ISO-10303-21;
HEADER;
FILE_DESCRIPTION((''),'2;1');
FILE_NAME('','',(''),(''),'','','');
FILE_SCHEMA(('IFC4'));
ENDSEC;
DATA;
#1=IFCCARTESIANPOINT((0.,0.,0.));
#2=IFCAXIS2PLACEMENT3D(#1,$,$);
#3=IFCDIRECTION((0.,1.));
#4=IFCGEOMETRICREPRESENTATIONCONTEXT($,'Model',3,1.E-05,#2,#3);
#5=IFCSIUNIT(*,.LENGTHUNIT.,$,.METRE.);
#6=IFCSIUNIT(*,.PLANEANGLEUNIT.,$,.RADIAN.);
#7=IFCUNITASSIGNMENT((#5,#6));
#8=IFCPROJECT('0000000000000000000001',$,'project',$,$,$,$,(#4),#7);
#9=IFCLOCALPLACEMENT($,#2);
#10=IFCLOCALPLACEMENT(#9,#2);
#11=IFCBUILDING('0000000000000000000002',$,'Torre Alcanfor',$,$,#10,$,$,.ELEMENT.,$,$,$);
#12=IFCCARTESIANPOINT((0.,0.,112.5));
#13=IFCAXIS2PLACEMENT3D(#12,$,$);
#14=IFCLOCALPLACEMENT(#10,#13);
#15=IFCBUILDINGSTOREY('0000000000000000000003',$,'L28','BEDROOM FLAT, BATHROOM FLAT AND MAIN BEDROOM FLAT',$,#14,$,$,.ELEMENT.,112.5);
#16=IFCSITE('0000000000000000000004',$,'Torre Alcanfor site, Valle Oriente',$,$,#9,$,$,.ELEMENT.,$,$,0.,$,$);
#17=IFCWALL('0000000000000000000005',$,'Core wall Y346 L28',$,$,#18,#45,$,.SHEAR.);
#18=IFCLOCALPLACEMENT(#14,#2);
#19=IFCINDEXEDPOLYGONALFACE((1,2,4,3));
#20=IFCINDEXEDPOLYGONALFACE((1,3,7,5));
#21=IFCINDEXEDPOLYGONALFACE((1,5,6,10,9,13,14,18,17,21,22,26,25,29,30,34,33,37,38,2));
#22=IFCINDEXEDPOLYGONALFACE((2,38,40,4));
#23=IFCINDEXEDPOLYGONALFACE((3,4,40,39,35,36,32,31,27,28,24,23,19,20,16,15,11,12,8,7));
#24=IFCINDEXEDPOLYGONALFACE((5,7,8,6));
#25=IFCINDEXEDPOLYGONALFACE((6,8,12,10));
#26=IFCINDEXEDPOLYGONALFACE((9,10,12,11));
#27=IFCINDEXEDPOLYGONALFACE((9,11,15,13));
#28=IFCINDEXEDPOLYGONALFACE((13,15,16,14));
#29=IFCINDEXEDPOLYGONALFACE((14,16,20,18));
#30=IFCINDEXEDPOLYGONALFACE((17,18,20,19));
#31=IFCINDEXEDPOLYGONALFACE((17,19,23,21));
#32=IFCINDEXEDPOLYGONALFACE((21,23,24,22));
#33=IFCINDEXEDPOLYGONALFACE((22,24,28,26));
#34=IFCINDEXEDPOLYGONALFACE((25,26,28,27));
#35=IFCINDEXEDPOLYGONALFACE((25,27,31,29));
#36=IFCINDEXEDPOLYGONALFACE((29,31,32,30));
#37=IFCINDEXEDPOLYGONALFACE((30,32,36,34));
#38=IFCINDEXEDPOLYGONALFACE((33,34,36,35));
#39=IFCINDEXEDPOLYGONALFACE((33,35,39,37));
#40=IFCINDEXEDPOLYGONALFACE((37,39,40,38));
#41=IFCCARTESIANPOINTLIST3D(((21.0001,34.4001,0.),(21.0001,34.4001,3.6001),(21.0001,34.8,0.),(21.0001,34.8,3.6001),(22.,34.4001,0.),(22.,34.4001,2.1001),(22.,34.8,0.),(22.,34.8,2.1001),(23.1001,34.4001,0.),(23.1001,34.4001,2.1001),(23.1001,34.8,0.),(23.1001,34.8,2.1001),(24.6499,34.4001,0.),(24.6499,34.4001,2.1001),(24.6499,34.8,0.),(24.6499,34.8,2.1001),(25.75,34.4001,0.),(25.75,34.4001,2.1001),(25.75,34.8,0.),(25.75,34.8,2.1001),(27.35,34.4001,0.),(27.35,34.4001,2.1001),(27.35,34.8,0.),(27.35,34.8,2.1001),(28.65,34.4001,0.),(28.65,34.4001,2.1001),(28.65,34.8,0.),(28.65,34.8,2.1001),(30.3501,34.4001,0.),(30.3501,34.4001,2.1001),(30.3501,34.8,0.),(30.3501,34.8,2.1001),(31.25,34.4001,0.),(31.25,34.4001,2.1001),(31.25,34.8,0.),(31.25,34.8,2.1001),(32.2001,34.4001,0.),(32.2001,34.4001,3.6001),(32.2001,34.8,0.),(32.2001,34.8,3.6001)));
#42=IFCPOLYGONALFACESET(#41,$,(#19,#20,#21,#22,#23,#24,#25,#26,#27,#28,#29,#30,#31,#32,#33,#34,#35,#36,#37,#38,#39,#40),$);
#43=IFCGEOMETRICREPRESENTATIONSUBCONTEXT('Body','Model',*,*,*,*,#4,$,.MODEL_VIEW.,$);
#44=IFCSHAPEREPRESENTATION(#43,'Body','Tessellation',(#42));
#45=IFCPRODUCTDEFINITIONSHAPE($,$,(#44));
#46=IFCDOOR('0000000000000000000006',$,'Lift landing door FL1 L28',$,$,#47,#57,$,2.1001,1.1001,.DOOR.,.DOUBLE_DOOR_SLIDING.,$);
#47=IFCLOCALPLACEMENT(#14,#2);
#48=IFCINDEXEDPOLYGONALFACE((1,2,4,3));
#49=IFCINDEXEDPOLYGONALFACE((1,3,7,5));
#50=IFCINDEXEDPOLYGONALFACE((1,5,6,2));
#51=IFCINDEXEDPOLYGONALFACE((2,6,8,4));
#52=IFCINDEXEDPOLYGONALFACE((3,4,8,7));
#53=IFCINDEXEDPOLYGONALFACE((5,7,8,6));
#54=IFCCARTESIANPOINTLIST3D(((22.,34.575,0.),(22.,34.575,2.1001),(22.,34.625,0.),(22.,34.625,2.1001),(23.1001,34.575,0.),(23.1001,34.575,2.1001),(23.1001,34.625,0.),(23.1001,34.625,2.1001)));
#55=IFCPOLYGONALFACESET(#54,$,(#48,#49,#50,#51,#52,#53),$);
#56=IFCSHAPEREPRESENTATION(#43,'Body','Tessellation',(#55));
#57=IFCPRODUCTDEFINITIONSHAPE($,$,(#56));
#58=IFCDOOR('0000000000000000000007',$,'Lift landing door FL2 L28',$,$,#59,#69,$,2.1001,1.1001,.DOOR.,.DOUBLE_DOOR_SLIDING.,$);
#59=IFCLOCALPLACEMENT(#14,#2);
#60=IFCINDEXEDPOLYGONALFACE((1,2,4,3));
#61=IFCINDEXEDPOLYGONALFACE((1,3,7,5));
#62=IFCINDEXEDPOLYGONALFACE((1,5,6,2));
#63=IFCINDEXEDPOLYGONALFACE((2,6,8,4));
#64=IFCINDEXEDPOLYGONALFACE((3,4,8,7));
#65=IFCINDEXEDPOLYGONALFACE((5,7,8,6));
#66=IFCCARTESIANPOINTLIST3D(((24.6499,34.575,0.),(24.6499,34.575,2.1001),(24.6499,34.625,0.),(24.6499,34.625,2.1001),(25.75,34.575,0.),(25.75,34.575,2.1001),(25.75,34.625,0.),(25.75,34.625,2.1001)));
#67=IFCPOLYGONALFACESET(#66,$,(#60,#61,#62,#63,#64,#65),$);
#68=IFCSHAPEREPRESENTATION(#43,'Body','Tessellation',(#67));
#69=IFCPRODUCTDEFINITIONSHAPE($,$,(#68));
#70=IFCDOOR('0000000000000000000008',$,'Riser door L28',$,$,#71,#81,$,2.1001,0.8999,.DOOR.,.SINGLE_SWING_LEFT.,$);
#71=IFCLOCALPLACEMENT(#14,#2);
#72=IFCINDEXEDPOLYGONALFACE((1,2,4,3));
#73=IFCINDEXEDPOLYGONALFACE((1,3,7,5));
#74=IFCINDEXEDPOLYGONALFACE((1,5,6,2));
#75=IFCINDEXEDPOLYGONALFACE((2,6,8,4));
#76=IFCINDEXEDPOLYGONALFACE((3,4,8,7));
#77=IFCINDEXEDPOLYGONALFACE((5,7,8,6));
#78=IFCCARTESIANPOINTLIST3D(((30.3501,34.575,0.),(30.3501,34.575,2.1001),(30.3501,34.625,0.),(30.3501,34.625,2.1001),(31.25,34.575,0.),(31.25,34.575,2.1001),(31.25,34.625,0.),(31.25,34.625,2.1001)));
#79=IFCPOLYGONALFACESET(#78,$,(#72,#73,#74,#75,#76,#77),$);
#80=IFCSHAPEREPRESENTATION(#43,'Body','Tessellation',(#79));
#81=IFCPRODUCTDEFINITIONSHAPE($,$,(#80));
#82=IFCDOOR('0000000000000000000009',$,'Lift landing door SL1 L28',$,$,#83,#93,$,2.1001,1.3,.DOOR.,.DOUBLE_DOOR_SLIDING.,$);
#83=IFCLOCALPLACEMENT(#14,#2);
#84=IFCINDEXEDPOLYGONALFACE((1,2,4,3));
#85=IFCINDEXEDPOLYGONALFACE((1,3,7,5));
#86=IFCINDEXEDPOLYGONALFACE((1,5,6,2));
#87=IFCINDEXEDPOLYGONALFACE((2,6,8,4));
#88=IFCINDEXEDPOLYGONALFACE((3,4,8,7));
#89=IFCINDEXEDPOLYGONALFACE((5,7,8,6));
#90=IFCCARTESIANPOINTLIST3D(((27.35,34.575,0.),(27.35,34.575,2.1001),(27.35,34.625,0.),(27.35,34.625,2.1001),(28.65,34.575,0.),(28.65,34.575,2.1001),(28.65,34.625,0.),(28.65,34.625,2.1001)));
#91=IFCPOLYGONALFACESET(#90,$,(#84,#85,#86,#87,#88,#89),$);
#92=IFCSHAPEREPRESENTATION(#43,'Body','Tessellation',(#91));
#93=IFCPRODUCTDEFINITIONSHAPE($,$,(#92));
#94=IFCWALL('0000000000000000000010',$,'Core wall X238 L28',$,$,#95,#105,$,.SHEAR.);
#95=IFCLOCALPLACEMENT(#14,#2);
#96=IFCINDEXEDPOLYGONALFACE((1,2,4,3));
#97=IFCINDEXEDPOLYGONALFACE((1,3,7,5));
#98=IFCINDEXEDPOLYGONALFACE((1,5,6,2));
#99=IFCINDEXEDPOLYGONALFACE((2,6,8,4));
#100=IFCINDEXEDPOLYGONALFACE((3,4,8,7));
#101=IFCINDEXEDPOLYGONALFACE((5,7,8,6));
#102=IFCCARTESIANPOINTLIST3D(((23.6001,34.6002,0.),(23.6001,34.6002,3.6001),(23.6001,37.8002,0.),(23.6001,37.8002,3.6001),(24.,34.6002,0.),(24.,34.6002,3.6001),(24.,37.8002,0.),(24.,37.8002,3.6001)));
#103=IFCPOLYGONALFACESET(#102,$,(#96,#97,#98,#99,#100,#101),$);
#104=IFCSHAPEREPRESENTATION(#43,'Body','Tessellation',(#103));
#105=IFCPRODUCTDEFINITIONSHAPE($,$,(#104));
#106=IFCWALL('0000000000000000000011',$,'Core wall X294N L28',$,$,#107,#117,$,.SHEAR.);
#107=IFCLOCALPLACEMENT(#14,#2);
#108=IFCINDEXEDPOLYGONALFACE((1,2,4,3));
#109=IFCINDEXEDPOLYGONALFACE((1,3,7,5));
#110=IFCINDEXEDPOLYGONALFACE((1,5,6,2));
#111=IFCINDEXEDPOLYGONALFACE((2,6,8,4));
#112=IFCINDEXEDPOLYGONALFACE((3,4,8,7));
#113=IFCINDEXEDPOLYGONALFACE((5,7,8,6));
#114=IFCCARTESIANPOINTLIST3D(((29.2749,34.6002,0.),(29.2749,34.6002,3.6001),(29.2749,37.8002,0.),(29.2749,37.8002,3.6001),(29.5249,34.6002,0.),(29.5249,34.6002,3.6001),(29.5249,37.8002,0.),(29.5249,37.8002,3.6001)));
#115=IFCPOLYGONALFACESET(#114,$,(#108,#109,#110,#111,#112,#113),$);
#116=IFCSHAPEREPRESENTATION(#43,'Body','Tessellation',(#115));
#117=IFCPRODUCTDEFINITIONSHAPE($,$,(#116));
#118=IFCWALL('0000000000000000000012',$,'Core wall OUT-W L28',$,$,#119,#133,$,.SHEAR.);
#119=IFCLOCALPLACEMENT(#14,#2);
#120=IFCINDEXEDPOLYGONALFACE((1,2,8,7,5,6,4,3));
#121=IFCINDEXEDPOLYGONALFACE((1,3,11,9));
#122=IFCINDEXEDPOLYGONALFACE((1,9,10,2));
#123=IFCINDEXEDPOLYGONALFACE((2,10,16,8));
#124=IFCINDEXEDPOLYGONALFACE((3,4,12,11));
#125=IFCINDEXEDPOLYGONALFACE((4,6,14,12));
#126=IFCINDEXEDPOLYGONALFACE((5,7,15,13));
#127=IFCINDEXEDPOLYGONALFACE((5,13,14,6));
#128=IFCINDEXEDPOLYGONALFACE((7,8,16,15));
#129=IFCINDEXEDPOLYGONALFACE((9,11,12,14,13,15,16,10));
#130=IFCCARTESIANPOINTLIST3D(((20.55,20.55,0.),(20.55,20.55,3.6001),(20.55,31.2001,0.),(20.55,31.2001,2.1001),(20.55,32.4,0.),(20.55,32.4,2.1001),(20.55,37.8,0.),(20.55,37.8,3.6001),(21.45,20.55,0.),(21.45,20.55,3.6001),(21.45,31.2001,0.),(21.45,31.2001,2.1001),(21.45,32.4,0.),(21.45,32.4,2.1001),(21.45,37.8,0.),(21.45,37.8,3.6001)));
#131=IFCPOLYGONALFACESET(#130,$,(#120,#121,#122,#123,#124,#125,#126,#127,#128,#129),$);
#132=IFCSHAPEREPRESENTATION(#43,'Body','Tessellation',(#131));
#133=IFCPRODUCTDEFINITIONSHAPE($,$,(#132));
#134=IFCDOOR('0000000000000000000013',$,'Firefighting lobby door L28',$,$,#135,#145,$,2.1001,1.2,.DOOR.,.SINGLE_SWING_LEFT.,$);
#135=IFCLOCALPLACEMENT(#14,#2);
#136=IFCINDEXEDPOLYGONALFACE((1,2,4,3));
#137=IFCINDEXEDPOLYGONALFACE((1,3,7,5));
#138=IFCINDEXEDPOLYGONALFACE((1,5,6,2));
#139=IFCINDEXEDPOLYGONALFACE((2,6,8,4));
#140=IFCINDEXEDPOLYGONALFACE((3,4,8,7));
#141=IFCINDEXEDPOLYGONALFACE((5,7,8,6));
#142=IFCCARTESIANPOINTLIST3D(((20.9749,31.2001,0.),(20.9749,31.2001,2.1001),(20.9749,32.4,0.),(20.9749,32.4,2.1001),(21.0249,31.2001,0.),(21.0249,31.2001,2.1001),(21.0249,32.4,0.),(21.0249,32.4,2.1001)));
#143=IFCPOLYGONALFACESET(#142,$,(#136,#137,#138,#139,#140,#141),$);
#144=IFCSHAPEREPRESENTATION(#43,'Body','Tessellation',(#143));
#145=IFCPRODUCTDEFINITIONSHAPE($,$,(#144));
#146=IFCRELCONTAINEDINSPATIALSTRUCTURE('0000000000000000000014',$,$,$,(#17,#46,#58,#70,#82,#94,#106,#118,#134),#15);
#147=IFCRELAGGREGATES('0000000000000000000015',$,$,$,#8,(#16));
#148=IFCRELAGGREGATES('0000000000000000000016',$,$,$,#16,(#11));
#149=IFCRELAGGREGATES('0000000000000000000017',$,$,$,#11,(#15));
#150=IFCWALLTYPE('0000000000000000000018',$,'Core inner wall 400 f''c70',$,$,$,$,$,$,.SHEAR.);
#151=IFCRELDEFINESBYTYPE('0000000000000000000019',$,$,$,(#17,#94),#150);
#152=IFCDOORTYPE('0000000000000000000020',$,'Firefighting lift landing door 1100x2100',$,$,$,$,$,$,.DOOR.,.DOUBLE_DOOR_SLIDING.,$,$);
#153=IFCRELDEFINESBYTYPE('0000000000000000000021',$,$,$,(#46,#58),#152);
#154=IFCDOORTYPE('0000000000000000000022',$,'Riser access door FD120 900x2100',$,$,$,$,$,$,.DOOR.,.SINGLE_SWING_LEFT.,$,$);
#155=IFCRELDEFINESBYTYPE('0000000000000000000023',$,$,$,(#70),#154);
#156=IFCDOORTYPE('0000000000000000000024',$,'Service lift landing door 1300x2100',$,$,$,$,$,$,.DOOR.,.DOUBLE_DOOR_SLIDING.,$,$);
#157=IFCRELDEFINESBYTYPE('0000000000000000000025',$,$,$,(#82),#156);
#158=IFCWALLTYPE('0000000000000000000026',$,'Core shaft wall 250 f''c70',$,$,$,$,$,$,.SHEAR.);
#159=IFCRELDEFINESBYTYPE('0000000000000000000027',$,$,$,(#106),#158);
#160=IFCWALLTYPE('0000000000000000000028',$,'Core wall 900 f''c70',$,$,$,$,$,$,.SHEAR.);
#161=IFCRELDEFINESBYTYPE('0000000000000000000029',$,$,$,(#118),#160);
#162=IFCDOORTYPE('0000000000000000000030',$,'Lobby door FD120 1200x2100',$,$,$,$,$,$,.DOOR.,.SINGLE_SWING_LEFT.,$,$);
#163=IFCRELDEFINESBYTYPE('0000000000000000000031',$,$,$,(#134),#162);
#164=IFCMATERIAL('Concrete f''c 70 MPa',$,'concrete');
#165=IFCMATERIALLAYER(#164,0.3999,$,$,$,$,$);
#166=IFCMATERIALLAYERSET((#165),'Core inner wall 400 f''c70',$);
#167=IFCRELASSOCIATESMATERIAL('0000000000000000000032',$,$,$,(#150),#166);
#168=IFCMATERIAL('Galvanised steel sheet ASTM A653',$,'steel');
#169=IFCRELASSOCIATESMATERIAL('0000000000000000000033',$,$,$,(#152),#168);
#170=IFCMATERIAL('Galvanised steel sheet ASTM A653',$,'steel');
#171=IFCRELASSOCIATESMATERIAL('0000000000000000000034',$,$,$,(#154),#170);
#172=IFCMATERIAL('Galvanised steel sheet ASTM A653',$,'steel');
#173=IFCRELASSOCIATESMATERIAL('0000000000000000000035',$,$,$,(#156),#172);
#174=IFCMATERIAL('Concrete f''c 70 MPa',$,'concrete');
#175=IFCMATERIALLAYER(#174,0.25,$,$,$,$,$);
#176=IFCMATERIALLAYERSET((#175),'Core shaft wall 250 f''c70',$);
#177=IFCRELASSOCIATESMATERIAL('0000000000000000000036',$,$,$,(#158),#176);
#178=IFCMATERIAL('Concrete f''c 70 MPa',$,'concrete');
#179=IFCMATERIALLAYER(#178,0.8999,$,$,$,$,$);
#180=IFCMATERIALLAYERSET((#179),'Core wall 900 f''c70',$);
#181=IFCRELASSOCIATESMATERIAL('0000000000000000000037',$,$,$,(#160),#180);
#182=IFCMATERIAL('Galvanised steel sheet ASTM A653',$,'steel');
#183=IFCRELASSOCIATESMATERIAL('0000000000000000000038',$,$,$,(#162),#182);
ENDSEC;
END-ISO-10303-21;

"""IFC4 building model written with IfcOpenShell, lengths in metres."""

from ifc_helpers import new_model, si_unit, direction, frame, frame_2d, origin, place, context, subcontext, project, spatial, rectangle, extrude, material, layer, layer_set, type_object, element, fill, save


model = new_model("IFC4")

# Units and contexts
model_context = context("Model", 3, precision=1e-05, world=origin(), true_north=direction((0.0, 1.0)))
body_context = subcontext(model_context, "Body", "Model", "MODEL_VIEW")
ifc_project = project(units=[si_unit("LENGTHUNIT", "METRE"), si_unit("PLANEANGLEUNIT", "RADIAN")], contexts=[model_context])

# Site, building, storey
site_placement = place(None, origin())
site = spatial("IfcSite", under=ifc_project, at=site_placement, Name="Torre Alcanfor site, Valle Oriente", CompositionType="ELEMENT", RefElevation=0.0)
building_placement = place(site_placement, origin())
building = spatial("IfcBuilding", under=site, at=building_placement, Name="Torre Alcanfor", CompositionType="ELEMENT")
storey_placement = place(building_placement, frame((0.0, 0.0, 112.5)))
storey = spatial("IfcBuildingStorey", under=building, at=storey_placement, Name="L28", Description="BEDROOM FLAT, BATHROOM FLAT AND MAIN BEDROOM FLAT", CompositionType="ELEMENT", Elevation=112.5)

# Shared definitions
ifc_material_1 = material(Name="Concrete f'c 70 MPa", Category="concrete")
ifc_layer_1 = layer(ifc_material_1, 0.3999)
ifc_layer_set_1 = layer_set([ifc_layer_1], Name="Core inner wall 400 f'c70")
wall_type_1 = type_object("IfcWallType", Name="Core inner wall 400 f'c70", PredefinedType="SHEAR", material=ifc_layer_set_1)

# Wall, openings, doors
wall_1_placement = place(storey_placement, frame((21.0, 34.6001, 0.0), z_axis=(0.0, 0.0, 1.0), x_axis=(1.0, 0.0, 0.0)))
wall_1 = element("IfcWall", 1, at=wall_1_placement, inside=storey, type_object=wall_type_1, Name="Core wall Y346 L28", PredefinedType="SHEAR", context=body_context, shape_type="SweptSolid", body=[
    extrude(rectangle(XDim=11.2, YDim=0.3999, at=frame_2d((5.6001, 0.0))), origin(), (0.0, 0.0, 1.0), 3.6001),
])
opening_1_placement = place(wall_1_placement, frame((9.3501, 0.0, 0.0)))
opening_1 = element("IfcOpeningElement", 2, at=opening_1_placement, cuts=wall_1, PredefinedType="OPENING", context=body_context, shape_type="SweptSolid", body=[
    extrude(rectangle(XDim=0.8999, YDim=2.1001, at=frame_2d((0.45, 1.05))), frame((0.0, 0.21, 0.0), z_axis=(0.0, -1.0, 0.0), x_axis=(1.0, 0.0, 0.0)), (0.0, 0.0, 1.0), 0.4199),
])
opening_2_placement = place(wall_1_placement, frame((1.0, 0.0, 0.0)))
opening_2 = element("IfcOpeningElement", 3, at=opening_2_placement, cuts=wall_1, PredefinedType="OPENING", context=body_context, shape_type="SweptSolid", body=[
    extrude(rectangle(XDim=1.1001, YDim=2.1001, at=frame_2d((0.55, 1.05))), frame((0.0, 0.21, 0.0), z_axis=(0.0, -1.0, 0.0), x_axis=(1.0, 0.0, 0.0)), (0.0, 0.0, 1.0), 0.4199),
])
opening_3_placement = place(wall_1_placement, frame((3.6499, 0.0, 0.0)))
opening_3 = element("IfcOpeningElement", 4, at=opening_3_placement, cuts=wall_1, PredefinedType="OPENING", context=body_context, shape_type="SweptSolid", body=[
    extrude(rectangle(XDim=1.1001, YDim=2.1001, at=frame_2d((0.55, 1.05))), frame((0.0, 0.21, 0.0), z_axis=(0.0, -1.0, 0.0), x_axis=(1.0, 0.0, 0.0)), (0.0, 0.0, 1.0), 0.4199),
])
opening_4_placement = place(wall_1_placement, frame((6.3501, 0.0, 0.0)))
opening_4 = element("IfcOpeningElement", 5, at=opening_4_placement, cuts=wall_1, PredefinedType="OPENING", context=body_context, shape_type="SweptSolid", body=[
    extrude(rectangle(XDim=1.3, YDim=2.1001, at=frame_2d((0.6499, 1.05))), frame((0.0, 0.21, 0.0), z_axis=(0.0, -1.0, 0.0), x_axis=(1.0, 0.0, 0.0)), (0.0, 0.0, 1.0), 0.4199),
])
ifc_material_2 = material(Name="Galvanised steel sheet ASTM A653", Category="steel")
door_type_1 = type_object("IfcDoorType", Name="Firefighting lift landing door 1100x2100", OperationType="DOUBLE_DOOR_SLIDING", PredefinedType="DOOR", material=ifc_material_2)
door_1_placement = place(opening_2_placement, origin())
door_1 = element("IfcDoor", 6, at=door_1_placement, inside=storey, type_object=door_type_1, Name="Lift landing door FL1 L28", OperationType="DOUBLE_DOOR_SLIDING", OverallHeight=2.1001, OverallWidth=1.1001, PredefinedType="DOOR", context=body_context, shape_type="SweptSolid", body=[
    extrude(rectangle(XDim=1.1001, YDim=2.1001, at=frame_2d((0.55, 1.05))), frame((0.0, 0.0249, 0.0), z_axis=(0.0, -1.0, 0.0), x_axis=(1.0, 0.0, 0.0)), (0.0, 0.0, 1.0), 0.05),
])
fill(opening_2, door_1)
door_2_placement = place(opening_3_placement, origin())
door_2 = element("IfcDoor", 7, at=door_2_placement, inside=storey, type_object=door_type_1, Name="Lift landing door FL2 L28", OperationType="DOUBLE_DOOR_SLIDING", OverallHeight=2.1001, OverallWidth=1.1001, PredefinedType="DOOR", context=body_context, shape_type="SweptSolid", body=[
    extrude(rectangle(XDim=1.1001, YDim=2.1001, at=frame_2d((0.55, 1.05))), frame((0.0, 0.0249, 0.0), z_axis=(0.0, -1.0, 0.0), x_axis=(1.0, 0.0, 0.0)), (0.0, 0.0, 1.0), 0.05),
])
fill(opening_3, door_2)
ifc_material_3 = material(Name="Galvanised steel sheet ASTM A653", Category="steel")
door_type_2 = type_object("IfcDoorType", Name="Riser access door FD120 900x2100", OperationType="SINGLE_SWING_LEFT", PredefinedType="DOOR", material=ifc_material_3)
door_3_placement = place(opening_1_placement, origin())
door_3 = element("IfcDoor", 8, at=door_3_placement, inside=storey, type_object=door_type_2, Name="Riser door L28", OperationType="SINGLE_SWING_LEFT", OverallHeight=2.1001, OverallWidth=0.8999, PredefinedType="DOOR", context=body_context, shape_type="SweptSolid", body=[
    extrude(rectangle(XDim=0.8999, YDim=2.1001, at=frame_2d((0.45, 1.05))), frame((0.0, 0.0249, 0.0), z_axis=(0.0, -1.0, 0.0), x_axis=(1.0, 0.0, 0.0)), (0.0, 0.0, 1.0), 0.05),
])
fill(opening_1, door_3)
ifc_material_4 = material(Name="Galvanised steel sheet ASTM A653", Category="steel")
door_type_3 = type_object("IfcDoorType", Name="Service lift landing door 1300x2100", OperationType="DOUBLE_DOOR_SLIDING", PredefinedType="DOOR", material=ifc_material_4)
door_4_placement = place(opening_4_placement, origin())
door_4 = element("IfcDoor", 9, at=door_4_placement, inside=storey, type_object=door_type_3, Name="Lift landing door SL1 L28", OperationType="DOUBLE_DOOR_SLIDING", OverallHeight=2.1001, OverallWidth=1.3, PredefinedType="DOOR", context=body_context, shape_type="SweptSolid", body=[
    extrude(rectangle(XDim=1.3, YDim=2.1001, at=frame_2d((0.6499, 1.05))), frame((0.0, 0.0249, 0.0), z_axis=(0.0, -1.0, 0.0), x_axis=(1.0, 0.0, 0.0)), (0.0, 0.0, 1.0), 0.05),
])
fill(opening_4, door_4)

# Walls
wall_2_placement = place(storey_placement, frame((23.8, 34.6001, 0.0), z_axis=(0.0, 0.0, 1.0), x_axis=(0.0, 1.0, 0.0)))
element("IfcWall", 10, at=wall_2_placement, inside=storey, type_object=wall_type_1, Name="Core wall X238 L28", PredefinedType="SHEAR", context=body_context, shape_type="SweptSolid", body=[
    extrude(rectangle(XDim=3.2, YDim=0.3999, at=frame_2d((1.6001, 0.0))), origin(), (0.0, 0.0, 1.0), 3.6001),
])
ifc_material_5 = material(Name="Concrete f'c 70 MPa", Category="concrete")
ifc_layer_2 = layer(ifc_material_5, 0.25)
ifc_layer_set_2 = layer_set([ifc_layer_2], Name="Core shaft wall 250 f'c70")
wall_type_2 = type_object("IfcWallType", Name="Core shaft wall 250 f'c70", PredefinedType="SHEAR", material=ifc_layer_set_2)
wall_3_placement = place(storey_placement, frame((29.3999, 34.6001, 0.0), z_axis=(0.0, 0.0, 1.0), x_axis=(0.0, 1.0, 0.0)))
element("IfcWall", 11, at=wall_3_placement, inside=storey, type_object=wall_type_2, Name="Core wall X294N L28", PredefinedType="SHEAR", context=body_context, shape_type="SweptSolid", body=[
    extrude(rectangle(XDim=3.2, YDim=0.25, at=frame_2d((1.6001, 0.0))), origin(), (0.0, 0.0, 1.0), 3.6001),
])

# Wall, opening, door
ifc_material_6 = material(Name="Concrete f'c 70 MPa", Category="concrete")
ifc_layer_3 = layer(ifc_material_6, 0.8999)
ifc_layer_set_3 = layer_set([ifc_layer_3], Name="Core wall 900 f'c70")
wall_type_3 = type_object("IfcWallType", Name="Core wall 900 f'c70", PredefinedType="SHEAR", material=ifc_layer_set_3)
wall_4_placement = place(storey_placement, frame((21.0, 37.8, 0.0), z_axis=(0.0, 0.0, 1.0), x_axis=(0.0, -1.0, 0.0)))
wall_4 = element("IfcWall", 12, at=wall_4_placement, inside=storey, type_object=wall_type_3, Name="Core wall OUT-W L28", PredefinedType="SHEAR", context=body_context, shape_type="SweptSolid", body=[
    extrude(rectangle(XDim=17.25, YDim=0.8999, at=frame_2d((8.625, 0.0))), origin(), (0.0, 0.0, 1.0), 3.6001),
])
opening_5_placement = place(wall_4_placement, frame((5.3999, 0.0, 0.0)))
opening_5 = element("IfcOpeningElement", 13, at=opening_5_placement, cuts=wall_4, PredefinedType="OPENING", context=body_context, shape_type="SweptSolid", body=[
    extrude(rectangle(XDim=1.2, YDim=2.1001, at=frame_2d((0.6001, 1.05))), frame((0.0, 0.46, 0.0), z_axis=(0.0, -1.0, 0.0), x_axis=(1.0, 0.0, 0.0)), (0.0, 0.0, 1.0), 0.9199),
])
ifc_material_7 = material(Name="Galvanised steel sheet ASTM A653", Category="steel")
door_type_4 = type_object("IfcDoorType", Name="Lobby door FD120 1200x2100", OperationType="SINGLE_SWING_LEFT", PredefinedType="DOOR", material=ifc_material_7)
door_5_placement = place(opening_5_placement, origin())
door_5 = element("IfcDoor", 14, at=door_5_placement, inside=storey, type_object=door_type_4, Name="Firefighting lobby door L28", OperationType="SINGLE_SWING_LEFT", OverallHeight=2.1001, OverallWidth=1.2, PredefinedType="DOOR", context=body_context, shape_type="SweptSolid", body=[
    extrude(rectangle(XDim=1.2, YDim=2.1001, at=frame_2d((0.6001, 1.05))), frame((0.0, 0.0249, 0.0), z_axis=(0.0, -1.0, 0.0), x_axis=(1.0, 0.0, 0.0)), (0.0, 0.0, 1.0), 0.05),
])
fill(opening_5, door_5)

save(model, "model.ifc")
